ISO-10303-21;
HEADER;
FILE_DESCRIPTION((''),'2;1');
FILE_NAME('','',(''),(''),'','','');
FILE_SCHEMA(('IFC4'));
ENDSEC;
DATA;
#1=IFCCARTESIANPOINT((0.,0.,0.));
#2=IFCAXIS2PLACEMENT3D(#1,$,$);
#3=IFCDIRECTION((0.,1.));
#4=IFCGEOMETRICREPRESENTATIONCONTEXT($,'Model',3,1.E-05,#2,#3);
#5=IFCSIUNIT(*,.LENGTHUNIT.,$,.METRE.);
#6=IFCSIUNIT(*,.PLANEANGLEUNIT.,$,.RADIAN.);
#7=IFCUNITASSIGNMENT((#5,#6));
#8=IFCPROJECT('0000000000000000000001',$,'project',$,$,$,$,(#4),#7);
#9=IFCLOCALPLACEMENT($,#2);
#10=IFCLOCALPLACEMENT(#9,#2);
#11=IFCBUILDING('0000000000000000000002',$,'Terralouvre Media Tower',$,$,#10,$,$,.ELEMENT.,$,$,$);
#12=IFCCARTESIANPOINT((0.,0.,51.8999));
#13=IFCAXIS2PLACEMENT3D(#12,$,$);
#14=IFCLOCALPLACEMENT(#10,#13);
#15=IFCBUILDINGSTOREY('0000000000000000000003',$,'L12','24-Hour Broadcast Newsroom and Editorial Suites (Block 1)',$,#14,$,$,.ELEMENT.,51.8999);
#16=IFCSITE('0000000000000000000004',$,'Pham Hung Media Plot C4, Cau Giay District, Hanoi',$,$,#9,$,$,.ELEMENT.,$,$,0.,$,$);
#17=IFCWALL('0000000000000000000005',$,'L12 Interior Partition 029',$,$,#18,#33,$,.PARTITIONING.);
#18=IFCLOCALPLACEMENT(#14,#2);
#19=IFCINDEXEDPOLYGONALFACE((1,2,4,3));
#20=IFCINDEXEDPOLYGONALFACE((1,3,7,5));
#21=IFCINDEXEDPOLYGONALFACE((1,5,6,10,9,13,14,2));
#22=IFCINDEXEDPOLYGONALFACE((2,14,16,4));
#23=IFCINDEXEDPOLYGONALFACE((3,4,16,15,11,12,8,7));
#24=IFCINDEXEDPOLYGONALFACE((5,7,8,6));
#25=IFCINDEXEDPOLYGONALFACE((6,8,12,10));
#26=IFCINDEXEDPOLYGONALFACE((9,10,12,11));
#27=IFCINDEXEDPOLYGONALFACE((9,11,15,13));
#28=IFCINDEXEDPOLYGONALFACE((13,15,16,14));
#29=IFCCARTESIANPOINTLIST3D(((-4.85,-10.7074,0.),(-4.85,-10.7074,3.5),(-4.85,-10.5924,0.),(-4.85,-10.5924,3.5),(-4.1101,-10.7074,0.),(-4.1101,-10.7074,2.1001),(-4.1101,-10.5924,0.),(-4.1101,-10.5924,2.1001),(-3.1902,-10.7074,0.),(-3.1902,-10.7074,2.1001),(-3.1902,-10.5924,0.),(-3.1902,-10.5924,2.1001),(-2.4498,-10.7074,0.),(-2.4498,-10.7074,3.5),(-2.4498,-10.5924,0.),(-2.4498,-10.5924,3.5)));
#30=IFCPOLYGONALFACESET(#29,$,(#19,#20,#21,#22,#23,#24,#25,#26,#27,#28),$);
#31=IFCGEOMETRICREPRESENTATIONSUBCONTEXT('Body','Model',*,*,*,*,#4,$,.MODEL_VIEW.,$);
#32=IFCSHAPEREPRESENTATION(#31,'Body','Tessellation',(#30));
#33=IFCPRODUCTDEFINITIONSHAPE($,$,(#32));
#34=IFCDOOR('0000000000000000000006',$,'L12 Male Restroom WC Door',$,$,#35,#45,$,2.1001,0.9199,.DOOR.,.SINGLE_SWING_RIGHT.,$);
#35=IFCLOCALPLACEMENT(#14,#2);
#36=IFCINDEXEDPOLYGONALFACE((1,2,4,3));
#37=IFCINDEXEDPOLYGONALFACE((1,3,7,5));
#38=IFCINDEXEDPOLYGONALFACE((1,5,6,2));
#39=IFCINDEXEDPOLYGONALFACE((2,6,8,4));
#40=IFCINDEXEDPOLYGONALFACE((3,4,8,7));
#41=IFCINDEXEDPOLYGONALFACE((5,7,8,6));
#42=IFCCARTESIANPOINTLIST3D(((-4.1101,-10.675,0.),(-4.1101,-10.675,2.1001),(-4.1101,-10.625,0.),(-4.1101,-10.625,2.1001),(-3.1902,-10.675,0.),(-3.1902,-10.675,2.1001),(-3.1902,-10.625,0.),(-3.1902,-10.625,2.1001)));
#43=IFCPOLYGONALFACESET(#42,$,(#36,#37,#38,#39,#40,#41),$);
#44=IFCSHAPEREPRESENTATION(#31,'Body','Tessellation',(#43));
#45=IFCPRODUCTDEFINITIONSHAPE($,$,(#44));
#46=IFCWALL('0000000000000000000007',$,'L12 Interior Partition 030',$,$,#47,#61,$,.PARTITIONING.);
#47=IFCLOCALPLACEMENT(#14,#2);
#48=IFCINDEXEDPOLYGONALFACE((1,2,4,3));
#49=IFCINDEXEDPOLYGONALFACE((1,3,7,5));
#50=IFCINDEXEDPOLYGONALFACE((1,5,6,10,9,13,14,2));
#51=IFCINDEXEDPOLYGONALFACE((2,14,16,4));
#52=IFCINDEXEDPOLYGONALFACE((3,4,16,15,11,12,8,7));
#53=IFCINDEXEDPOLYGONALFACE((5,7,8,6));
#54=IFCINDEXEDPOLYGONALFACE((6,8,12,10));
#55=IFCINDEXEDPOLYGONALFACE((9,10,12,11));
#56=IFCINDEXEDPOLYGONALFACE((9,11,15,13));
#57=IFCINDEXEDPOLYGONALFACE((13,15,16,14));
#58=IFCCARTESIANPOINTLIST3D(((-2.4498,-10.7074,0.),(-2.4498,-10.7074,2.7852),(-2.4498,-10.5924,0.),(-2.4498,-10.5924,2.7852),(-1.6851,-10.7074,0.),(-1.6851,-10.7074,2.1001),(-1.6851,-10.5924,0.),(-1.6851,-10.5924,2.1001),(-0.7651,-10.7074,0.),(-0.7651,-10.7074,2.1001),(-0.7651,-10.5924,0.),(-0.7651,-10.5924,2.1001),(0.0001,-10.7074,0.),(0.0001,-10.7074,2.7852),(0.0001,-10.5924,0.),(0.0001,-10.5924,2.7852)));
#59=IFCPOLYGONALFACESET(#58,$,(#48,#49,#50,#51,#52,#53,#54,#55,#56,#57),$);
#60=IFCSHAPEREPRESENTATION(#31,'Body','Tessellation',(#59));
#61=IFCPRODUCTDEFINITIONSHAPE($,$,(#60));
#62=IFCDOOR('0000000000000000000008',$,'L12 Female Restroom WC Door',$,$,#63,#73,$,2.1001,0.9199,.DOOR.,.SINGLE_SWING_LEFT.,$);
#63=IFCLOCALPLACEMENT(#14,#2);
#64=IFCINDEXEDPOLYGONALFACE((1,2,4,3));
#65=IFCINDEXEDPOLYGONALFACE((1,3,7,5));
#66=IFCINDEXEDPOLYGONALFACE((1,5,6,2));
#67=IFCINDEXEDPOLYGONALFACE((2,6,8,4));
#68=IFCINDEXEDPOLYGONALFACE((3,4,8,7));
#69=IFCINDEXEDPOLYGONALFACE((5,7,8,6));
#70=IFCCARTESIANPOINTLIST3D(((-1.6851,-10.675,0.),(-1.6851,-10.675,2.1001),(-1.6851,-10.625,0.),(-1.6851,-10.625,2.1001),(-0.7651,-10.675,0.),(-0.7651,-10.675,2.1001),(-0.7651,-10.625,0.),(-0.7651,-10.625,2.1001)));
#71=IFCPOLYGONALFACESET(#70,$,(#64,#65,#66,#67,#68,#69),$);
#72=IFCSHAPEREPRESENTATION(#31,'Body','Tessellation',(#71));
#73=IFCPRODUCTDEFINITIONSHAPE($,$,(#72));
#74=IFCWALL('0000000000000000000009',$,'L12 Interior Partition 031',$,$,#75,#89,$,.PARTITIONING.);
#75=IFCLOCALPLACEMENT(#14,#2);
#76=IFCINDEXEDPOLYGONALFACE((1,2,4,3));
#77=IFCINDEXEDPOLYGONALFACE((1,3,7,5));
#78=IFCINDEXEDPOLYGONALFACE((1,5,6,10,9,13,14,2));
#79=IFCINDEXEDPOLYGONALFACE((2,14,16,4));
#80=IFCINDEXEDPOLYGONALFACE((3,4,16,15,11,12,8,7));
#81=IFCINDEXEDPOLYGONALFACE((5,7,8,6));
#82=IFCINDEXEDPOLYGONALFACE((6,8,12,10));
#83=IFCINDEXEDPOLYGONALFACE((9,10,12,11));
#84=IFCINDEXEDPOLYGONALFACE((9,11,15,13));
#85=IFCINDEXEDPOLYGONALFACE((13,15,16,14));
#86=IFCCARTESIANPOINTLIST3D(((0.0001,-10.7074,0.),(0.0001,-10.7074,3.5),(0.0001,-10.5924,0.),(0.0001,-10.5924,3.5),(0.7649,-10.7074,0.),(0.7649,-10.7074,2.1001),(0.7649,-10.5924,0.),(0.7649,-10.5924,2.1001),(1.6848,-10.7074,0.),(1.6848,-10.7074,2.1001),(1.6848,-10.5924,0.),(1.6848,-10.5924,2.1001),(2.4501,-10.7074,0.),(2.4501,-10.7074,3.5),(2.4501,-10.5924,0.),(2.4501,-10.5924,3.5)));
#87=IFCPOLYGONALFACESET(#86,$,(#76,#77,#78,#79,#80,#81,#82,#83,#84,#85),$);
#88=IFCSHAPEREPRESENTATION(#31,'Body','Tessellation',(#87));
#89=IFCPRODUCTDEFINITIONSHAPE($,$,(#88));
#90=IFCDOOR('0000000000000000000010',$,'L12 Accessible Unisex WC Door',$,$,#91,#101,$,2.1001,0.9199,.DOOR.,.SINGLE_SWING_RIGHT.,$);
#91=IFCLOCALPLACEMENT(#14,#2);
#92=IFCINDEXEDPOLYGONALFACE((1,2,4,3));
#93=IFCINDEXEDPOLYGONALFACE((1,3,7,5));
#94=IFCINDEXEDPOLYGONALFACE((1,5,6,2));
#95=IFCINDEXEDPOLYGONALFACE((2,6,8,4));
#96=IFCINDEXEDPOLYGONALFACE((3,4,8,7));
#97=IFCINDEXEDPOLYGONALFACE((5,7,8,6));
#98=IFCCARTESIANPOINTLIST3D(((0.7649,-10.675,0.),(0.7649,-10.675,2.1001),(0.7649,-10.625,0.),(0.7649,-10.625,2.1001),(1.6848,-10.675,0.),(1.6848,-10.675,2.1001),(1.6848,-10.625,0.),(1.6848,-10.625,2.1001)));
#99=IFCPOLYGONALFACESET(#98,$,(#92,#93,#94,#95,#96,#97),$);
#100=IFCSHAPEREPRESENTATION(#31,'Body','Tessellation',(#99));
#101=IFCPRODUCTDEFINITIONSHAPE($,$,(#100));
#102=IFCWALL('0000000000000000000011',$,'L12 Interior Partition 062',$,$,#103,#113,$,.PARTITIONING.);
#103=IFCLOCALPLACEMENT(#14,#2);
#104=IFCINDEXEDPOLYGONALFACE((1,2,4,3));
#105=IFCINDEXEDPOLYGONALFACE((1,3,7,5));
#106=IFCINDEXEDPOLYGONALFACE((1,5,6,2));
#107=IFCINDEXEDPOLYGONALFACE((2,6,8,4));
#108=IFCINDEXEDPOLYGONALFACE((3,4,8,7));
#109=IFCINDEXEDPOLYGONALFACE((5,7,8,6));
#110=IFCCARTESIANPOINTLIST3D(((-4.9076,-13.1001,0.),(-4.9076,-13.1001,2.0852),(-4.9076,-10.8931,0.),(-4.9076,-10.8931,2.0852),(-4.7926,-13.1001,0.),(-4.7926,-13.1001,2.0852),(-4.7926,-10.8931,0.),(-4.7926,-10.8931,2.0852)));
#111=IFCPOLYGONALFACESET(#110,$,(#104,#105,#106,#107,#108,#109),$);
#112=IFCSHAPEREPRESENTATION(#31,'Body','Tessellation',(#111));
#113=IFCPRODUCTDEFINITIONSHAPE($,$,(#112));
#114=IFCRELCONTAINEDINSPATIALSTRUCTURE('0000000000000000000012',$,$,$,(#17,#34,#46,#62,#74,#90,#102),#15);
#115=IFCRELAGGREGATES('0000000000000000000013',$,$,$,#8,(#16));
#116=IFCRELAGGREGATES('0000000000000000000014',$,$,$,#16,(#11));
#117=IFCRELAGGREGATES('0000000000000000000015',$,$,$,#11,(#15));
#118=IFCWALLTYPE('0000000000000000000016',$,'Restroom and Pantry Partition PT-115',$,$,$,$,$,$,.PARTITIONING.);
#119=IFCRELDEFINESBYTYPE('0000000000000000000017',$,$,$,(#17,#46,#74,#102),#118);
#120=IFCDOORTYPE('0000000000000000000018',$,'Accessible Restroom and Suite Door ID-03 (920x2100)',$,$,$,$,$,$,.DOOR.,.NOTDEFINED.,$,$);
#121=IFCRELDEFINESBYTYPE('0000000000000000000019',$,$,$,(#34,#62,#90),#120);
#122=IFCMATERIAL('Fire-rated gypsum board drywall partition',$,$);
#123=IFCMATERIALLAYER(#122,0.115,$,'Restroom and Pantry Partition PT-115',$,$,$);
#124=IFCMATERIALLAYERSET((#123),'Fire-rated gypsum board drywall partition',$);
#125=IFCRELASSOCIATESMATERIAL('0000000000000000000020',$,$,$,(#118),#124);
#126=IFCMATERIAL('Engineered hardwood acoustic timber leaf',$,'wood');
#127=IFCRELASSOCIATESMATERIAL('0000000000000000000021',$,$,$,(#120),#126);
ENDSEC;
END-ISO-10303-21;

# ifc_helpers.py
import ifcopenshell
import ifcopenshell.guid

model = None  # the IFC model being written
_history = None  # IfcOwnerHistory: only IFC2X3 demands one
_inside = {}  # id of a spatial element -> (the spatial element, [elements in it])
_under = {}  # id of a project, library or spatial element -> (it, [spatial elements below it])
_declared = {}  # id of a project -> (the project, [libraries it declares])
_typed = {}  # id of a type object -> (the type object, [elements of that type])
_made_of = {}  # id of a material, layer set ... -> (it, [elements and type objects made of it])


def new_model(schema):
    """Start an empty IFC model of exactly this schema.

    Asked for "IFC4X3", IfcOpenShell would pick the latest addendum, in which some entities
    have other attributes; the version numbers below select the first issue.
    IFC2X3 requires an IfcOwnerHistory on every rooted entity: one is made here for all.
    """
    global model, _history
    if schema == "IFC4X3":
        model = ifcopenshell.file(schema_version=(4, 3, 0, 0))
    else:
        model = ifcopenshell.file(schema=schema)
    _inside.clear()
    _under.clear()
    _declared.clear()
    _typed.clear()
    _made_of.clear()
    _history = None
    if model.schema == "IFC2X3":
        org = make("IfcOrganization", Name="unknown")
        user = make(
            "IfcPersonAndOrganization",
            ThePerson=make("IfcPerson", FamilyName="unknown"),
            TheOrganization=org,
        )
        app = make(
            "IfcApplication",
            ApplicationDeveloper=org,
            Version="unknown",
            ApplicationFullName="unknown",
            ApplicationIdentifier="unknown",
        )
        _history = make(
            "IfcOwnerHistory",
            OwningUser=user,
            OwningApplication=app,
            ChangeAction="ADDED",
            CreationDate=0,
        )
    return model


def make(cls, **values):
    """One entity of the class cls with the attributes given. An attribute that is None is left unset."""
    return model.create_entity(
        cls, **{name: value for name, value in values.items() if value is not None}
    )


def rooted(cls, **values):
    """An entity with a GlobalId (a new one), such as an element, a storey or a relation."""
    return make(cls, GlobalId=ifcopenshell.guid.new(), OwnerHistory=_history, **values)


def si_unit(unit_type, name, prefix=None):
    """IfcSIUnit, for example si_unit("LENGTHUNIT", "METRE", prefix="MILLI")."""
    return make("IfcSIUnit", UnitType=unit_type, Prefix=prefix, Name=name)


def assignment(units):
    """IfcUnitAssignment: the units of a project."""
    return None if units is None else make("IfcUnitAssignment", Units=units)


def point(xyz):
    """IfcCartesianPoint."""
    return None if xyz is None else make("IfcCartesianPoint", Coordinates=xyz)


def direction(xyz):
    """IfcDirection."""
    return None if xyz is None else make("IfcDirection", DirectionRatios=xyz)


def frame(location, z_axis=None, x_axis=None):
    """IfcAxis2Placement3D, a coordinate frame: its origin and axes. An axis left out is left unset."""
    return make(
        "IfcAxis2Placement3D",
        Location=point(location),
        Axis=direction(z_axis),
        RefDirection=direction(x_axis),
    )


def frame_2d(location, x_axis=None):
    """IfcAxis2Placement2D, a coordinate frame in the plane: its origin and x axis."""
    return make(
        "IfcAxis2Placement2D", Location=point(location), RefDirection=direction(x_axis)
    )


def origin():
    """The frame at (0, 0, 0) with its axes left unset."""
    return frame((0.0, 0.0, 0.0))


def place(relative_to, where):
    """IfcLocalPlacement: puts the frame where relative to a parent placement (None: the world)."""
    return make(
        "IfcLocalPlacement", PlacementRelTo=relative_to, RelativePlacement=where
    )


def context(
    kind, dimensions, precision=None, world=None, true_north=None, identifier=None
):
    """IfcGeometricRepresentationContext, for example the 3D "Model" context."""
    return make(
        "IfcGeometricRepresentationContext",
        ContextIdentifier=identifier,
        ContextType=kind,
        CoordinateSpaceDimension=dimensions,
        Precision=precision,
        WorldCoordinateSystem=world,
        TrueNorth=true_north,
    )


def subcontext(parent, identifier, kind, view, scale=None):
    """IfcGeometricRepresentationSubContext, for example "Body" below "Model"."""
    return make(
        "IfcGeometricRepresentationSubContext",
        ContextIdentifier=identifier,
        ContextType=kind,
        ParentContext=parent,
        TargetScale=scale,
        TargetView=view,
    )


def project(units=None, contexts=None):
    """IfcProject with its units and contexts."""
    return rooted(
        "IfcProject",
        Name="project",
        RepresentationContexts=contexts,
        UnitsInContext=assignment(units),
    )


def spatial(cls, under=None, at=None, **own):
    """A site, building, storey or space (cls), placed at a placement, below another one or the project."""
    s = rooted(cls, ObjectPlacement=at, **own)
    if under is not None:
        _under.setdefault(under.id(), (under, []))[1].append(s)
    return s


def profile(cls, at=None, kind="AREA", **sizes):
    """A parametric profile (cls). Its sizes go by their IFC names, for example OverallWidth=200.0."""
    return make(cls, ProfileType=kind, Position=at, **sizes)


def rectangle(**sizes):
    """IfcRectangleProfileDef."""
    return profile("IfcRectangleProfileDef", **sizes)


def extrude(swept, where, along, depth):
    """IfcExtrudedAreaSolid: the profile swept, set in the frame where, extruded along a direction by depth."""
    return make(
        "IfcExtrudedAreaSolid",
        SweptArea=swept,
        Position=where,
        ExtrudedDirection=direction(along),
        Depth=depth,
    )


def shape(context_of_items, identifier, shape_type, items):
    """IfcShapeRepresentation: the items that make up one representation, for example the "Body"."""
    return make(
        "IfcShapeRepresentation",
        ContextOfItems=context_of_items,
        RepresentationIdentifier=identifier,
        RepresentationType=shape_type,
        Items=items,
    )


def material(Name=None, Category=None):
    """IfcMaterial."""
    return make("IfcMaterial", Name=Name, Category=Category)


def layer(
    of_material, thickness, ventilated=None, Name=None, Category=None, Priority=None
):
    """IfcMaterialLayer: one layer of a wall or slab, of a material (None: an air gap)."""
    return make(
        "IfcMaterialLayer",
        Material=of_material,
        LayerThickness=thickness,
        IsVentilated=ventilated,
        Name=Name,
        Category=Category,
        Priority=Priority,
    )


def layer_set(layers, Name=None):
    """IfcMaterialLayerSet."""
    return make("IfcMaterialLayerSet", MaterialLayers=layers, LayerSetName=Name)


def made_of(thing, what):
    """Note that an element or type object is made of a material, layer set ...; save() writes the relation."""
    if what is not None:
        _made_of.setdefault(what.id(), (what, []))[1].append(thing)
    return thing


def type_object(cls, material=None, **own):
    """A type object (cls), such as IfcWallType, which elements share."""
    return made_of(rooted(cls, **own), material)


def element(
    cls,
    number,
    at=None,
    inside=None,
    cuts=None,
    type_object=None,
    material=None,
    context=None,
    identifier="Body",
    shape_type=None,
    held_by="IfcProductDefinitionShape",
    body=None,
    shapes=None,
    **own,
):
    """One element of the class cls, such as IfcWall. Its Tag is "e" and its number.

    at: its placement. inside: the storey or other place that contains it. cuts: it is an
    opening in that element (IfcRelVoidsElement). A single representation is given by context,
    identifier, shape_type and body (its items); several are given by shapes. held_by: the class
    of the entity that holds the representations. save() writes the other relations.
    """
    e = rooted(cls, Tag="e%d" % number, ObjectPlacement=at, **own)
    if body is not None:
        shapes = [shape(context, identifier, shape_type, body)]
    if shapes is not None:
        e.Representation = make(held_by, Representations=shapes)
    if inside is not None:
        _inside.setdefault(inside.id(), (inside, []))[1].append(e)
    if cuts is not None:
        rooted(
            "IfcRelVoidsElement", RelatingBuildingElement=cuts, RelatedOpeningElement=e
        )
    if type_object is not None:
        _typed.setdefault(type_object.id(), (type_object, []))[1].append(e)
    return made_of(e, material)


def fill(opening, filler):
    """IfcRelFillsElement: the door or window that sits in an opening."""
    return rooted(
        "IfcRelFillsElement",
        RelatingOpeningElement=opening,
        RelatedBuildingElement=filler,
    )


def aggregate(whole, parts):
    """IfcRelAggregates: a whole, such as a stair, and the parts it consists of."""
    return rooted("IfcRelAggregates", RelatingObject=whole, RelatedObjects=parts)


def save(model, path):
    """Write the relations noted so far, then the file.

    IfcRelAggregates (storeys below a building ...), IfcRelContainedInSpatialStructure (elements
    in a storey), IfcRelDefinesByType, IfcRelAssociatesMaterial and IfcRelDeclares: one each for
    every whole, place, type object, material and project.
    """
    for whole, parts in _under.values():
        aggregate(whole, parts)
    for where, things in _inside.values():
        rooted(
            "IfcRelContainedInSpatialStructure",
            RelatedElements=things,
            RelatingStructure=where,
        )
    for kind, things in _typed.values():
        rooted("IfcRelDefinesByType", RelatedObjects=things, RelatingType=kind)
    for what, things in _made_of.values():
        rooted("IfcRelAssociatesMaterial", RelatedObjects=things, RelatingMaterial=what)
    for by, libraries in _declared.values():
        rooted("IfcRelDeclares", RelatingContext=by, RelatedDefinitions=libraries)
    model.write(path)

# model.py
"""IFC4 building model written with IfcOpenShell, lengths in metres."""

from ifc_helpers import new_model, si_unit, direction, frame, frame_2d, origin, place, context, subcontext, project, spatial, rectangle, extrude, material, layer, layer_set, type_object, element, fill, save


model = new_model("IFC4")

# Units and contexts
model_context = context("Model", 3, precision=1e-05, world=origin(), true_north=direction((0.0, 1.0)))
body_context = subcontext(model_context, "Body", "Model", "MODEL_VIEW")
ifc_project = project(units=[si_unit("LENGTHUNIT", "METRE"), si_unit("PLANEANGLEUNIT", "RADIAN")], contexts=[model_context])

# Site, building, storey
site_placement = place(None, origin())
site = spatial("IfcSite", under=ifc_project, at=site_placement, Name="Pham Hung Media Plot C4, Cau Giay District, Hanoi", CompositionType="ELEMENT", RefElevation=0.0)
building_placement = place(site_placement, origin())
building = spatial("IfcBuilding", under=site, at=building_placement, Name="Terralouvre Media Tower", CompositionType="ELEMENT")
storey_placement = place(building_placement, frame((0.0, 0.0, 51.8999)))
storey = spatial("IfcBuildingStorey", under=building, at=storey_placement, Name="L12", Description="24-Hour Broadcast Newsroom and Editorial Suites (Block 1)", CompositionType="ELEMENT", Elevation=51.8999)

# Walls, openings, doors
ifc_material_1 = material(Name="Fire-rated gypsum board drywall partition")
ifc_layer_1 = layer(ifc_material_1, 0.115, Name="Restroom and Pantry Partition PT-115")
ifc_layer_set_1 = layer_set([ifc_layer_1], Name="Fire-rated gypsum board drywall partition")
wall_type_1 = type_object("IfcWallType", Name="Restroom and Pantry Partition PT-115", PredefinedType="PARTITIONING", material=ifc_layer_set_1)
wall_1_placement = place(storey_placement, frame((-4.8501, -10.6499, 0.0), z_axis=(0.0, 0.0, 1.0), x_axis=(1.0, 0.0, 0.0)))
wall_1 = element("IfcWall", 1, at=wall_1_placement, inside=storey, type_object=wall_type_1, Name="L12 Interior Partition 029", PredefinedType="PARTITIONING", context=body_context, shape_type="SweptSolid", body=[
    extrude(rectangle(XDim=2.4001, YDim=0.115, at=frame_2d((1.2002, 0.0))), origin(), (0.0, 0.0, 1.0), 3.5),
])
opening_1_placement = place(wall_1_placement, frame((0.74, 0.0, 0.0)))
opening_1 = element("IfcOpeningElement", 2, at=opening_1_placement, cuts=wall_1, PredefinedType="OPENING", context=body_context, shape_type="SweptSolid", body=[
    extrude(rectangle(XDim=0.9199, YDim=2.1001, at=frame_2d((0.46, 1.05))), frame((0.0, 0.0674, 0.0), z_axis=(0.0, -1.0, 0.0), x_axis=(1.0, 0.0, 0.0)), (0.0, 0.0, 1.0), 0.135),
])
ifc_material_2 = material(Name="Engineered hardwood acoustic timber leaf", Category="wood")
door_type_1 = type_object("IfcDoorType", Name="Accessible Restroom and Suite Door ID-03 (920x2100)", OperationType="NOTDEFINED", PredefinedType="DOOR", material=ifc_material_2)
door_1_placement = place(opening_1_placement, origin())
door_1 = element("IfcDoor", 3, at=door_1_placement, inside=storey, type_object=door_type_1, Name="L12 Male Restroom WC Door", OperationType="SINGLE_SWING_RIGHT", OverallHeight=2.1001, OverallWidth=0.9199, PredefinedType="DOOR", context=body_context, shape_type="SweptSolid", body=[
    extrude(rectangle(XDim=0.9199, YDim=2.1001, at=frame_2d((0.46, 1.05))), frame((0.0, 0.0249, 0.0), z_axis=(0.0, -1.0, 0.0), x_axis=(1.0, 0.0, 0.0)), (0.0, 0.0, 1.0), 0.05),
])
fill(opening_1, door_1)
wall_2_placement = place(storey_placement, frame((-2.45, -10.6499, 0.0), z_axis=(0.0, 0.0, 1.0), x_axis=(1.0, 0.0, 0.0)))
wall_2 = element("IfcWall", 4, at=wall_2_placement, inside=storey, type_object=wall_type_1, Name="L12 Interior Partition 030", PredefinedType="PARTITIONING", context=body_context, shape_type="SweptSolid", body=[
    extrude(rectangle(XDim=2.45, YDim=0.115, at=frame_2d((1.2251, 0.0))), origin(), (0.0, 0.0, 1.0), 2.7852),
])
opening_2_placement = place(wall_2_placement, frame((0.7649, 0.0, 0.0)))
opening_2 = element("IfcOpeningElement", 5, at=opening_2_placement, cuts=wall_2, PredefinedType="OPENING", context=body_context, shape_type="SweptSolid", body=[
    extrude(rectangle(XDim=0.9199, YDim=2.1001, at=frame_2d((0.46, 1.05))), frame((0.0, 0.0674, 0.0), z_axis=(0.0, -1.0, 0.0), x_axis=(1.0, 0.0, 0.0)), (0.0, 0.0, 1.0), 0.135),
])
door_2_placement = place(opening_2_placement, origin())
door_2 = element("IfcDoor", 6, at=door_2_placement, inside=storey, type_object=door_type_1, Name="L12 Female Restroom WC Door", OperationType="SINGLE_SWING_LEFT", OverallHeight=2.1001, OverallWidth=0.9199, PredefinedType="DOOR", context=body_context, shape_type="SweptSolid", body=[
    extrude(rectangle(XDim=0.9199, YDim=2.1001, at=frame_2d((0.46, 1.05))), frame((0.0, 0.0249, 0.0), z_axis=(0.0, -1.0, 0.0), x_axis=(1.0, 0.0, 0.0)), (0.0, 0.0, 1.0), 0.05),
])
fill(opening_2, door_2)
wall_3_placement = place(storey_placement, frame((0.0, -10.6499, 0.0), z_axis=(0.0, 0.0, 1.0), x_axis=(1.0, 0.0, 0.0)))
wall_3 = element("IfcWall", 7, at=wall_3_placement, inside=storey, type_object=wall_type_1, Name="L12 Interior Partition 031", PredefinedType="PARTITIONING", context=body_context, shape_type="SweptSolid", body=[
    extrude(rectangle(XDim=2.45, YDim=0.115, at=frame_2d((1.2251, 0.0))), origin(), (0.0, 0.0, 1.0), 3.5),
])
opening_3_placement = place(wall_3_placement, frame((0.7649, 0.0, 0.0)))
opening_3 = element("IfcOpeningElement", 8, at=opening_3_placement, cuts=wall_3, PredefinedType="OPENING", context=body_context, shape_type="SweptSolid", body=[
    extrude(rectangle(XDim=0.9199, YDim=2.1001, at=frame_2d((0.46, 1.05))), frame((0.0, 0.0674, 0.0), z_axis=(0.0, -1.0, 0.0), x_axis=(1.0, 0.0, 0.0)), (0.0, 0.0, 1.0), 0.135),
])
door_3_placement = place(opening_3_placement, origin())
door_3 = element("IfcDoor", 9, at=door_3_placement, inside=storey, type_object=door_type_1, Name="L12 Accessible Unisex WC Door", OperationType="SINGLE_SWING_RIGHT", OverallHeight=2.1001, OverallWidth=0.9199, PredefinedType="DOOR", context=body_context, shape_type="SweptSolid", body=[
    extrude(rectangle(XDim=0.9199, YDim=2.1001, at=frame_2d((0.46, 1.05))), frame((0.0, 0.0249, 0.0), z_axis=(0.0, -1.0, 0.0), x_axis=(1.0, 0.0, 0.0)), (0.0, 0.0, 1.0), 0.05),
])
fill(opening_3, door_3)

# Wall
wall_4_placement = place(storey_placement, frame((-4.8501, -10.8931, 0.0), z_axis=(0.0, 0.0, 1.0), x_axis=(0.0, -1.0, 0.0)))
element("IfcWall", 10, at=wall_4_placement, inside=storey, type_object=wall_type_1, Name="L12 Interior Partition 062", PredefinedType="PARTITIONING", context=body_context, shape_type="SweptSolid", body=[
    extrude(rectangle(XDim=2.207, YDim=0.115, at=frame_2d((1.1035, 0.0))), origin(), (0.0, 0.0, 1.0), 2.0852),
])

save(model, "model.ifc")
